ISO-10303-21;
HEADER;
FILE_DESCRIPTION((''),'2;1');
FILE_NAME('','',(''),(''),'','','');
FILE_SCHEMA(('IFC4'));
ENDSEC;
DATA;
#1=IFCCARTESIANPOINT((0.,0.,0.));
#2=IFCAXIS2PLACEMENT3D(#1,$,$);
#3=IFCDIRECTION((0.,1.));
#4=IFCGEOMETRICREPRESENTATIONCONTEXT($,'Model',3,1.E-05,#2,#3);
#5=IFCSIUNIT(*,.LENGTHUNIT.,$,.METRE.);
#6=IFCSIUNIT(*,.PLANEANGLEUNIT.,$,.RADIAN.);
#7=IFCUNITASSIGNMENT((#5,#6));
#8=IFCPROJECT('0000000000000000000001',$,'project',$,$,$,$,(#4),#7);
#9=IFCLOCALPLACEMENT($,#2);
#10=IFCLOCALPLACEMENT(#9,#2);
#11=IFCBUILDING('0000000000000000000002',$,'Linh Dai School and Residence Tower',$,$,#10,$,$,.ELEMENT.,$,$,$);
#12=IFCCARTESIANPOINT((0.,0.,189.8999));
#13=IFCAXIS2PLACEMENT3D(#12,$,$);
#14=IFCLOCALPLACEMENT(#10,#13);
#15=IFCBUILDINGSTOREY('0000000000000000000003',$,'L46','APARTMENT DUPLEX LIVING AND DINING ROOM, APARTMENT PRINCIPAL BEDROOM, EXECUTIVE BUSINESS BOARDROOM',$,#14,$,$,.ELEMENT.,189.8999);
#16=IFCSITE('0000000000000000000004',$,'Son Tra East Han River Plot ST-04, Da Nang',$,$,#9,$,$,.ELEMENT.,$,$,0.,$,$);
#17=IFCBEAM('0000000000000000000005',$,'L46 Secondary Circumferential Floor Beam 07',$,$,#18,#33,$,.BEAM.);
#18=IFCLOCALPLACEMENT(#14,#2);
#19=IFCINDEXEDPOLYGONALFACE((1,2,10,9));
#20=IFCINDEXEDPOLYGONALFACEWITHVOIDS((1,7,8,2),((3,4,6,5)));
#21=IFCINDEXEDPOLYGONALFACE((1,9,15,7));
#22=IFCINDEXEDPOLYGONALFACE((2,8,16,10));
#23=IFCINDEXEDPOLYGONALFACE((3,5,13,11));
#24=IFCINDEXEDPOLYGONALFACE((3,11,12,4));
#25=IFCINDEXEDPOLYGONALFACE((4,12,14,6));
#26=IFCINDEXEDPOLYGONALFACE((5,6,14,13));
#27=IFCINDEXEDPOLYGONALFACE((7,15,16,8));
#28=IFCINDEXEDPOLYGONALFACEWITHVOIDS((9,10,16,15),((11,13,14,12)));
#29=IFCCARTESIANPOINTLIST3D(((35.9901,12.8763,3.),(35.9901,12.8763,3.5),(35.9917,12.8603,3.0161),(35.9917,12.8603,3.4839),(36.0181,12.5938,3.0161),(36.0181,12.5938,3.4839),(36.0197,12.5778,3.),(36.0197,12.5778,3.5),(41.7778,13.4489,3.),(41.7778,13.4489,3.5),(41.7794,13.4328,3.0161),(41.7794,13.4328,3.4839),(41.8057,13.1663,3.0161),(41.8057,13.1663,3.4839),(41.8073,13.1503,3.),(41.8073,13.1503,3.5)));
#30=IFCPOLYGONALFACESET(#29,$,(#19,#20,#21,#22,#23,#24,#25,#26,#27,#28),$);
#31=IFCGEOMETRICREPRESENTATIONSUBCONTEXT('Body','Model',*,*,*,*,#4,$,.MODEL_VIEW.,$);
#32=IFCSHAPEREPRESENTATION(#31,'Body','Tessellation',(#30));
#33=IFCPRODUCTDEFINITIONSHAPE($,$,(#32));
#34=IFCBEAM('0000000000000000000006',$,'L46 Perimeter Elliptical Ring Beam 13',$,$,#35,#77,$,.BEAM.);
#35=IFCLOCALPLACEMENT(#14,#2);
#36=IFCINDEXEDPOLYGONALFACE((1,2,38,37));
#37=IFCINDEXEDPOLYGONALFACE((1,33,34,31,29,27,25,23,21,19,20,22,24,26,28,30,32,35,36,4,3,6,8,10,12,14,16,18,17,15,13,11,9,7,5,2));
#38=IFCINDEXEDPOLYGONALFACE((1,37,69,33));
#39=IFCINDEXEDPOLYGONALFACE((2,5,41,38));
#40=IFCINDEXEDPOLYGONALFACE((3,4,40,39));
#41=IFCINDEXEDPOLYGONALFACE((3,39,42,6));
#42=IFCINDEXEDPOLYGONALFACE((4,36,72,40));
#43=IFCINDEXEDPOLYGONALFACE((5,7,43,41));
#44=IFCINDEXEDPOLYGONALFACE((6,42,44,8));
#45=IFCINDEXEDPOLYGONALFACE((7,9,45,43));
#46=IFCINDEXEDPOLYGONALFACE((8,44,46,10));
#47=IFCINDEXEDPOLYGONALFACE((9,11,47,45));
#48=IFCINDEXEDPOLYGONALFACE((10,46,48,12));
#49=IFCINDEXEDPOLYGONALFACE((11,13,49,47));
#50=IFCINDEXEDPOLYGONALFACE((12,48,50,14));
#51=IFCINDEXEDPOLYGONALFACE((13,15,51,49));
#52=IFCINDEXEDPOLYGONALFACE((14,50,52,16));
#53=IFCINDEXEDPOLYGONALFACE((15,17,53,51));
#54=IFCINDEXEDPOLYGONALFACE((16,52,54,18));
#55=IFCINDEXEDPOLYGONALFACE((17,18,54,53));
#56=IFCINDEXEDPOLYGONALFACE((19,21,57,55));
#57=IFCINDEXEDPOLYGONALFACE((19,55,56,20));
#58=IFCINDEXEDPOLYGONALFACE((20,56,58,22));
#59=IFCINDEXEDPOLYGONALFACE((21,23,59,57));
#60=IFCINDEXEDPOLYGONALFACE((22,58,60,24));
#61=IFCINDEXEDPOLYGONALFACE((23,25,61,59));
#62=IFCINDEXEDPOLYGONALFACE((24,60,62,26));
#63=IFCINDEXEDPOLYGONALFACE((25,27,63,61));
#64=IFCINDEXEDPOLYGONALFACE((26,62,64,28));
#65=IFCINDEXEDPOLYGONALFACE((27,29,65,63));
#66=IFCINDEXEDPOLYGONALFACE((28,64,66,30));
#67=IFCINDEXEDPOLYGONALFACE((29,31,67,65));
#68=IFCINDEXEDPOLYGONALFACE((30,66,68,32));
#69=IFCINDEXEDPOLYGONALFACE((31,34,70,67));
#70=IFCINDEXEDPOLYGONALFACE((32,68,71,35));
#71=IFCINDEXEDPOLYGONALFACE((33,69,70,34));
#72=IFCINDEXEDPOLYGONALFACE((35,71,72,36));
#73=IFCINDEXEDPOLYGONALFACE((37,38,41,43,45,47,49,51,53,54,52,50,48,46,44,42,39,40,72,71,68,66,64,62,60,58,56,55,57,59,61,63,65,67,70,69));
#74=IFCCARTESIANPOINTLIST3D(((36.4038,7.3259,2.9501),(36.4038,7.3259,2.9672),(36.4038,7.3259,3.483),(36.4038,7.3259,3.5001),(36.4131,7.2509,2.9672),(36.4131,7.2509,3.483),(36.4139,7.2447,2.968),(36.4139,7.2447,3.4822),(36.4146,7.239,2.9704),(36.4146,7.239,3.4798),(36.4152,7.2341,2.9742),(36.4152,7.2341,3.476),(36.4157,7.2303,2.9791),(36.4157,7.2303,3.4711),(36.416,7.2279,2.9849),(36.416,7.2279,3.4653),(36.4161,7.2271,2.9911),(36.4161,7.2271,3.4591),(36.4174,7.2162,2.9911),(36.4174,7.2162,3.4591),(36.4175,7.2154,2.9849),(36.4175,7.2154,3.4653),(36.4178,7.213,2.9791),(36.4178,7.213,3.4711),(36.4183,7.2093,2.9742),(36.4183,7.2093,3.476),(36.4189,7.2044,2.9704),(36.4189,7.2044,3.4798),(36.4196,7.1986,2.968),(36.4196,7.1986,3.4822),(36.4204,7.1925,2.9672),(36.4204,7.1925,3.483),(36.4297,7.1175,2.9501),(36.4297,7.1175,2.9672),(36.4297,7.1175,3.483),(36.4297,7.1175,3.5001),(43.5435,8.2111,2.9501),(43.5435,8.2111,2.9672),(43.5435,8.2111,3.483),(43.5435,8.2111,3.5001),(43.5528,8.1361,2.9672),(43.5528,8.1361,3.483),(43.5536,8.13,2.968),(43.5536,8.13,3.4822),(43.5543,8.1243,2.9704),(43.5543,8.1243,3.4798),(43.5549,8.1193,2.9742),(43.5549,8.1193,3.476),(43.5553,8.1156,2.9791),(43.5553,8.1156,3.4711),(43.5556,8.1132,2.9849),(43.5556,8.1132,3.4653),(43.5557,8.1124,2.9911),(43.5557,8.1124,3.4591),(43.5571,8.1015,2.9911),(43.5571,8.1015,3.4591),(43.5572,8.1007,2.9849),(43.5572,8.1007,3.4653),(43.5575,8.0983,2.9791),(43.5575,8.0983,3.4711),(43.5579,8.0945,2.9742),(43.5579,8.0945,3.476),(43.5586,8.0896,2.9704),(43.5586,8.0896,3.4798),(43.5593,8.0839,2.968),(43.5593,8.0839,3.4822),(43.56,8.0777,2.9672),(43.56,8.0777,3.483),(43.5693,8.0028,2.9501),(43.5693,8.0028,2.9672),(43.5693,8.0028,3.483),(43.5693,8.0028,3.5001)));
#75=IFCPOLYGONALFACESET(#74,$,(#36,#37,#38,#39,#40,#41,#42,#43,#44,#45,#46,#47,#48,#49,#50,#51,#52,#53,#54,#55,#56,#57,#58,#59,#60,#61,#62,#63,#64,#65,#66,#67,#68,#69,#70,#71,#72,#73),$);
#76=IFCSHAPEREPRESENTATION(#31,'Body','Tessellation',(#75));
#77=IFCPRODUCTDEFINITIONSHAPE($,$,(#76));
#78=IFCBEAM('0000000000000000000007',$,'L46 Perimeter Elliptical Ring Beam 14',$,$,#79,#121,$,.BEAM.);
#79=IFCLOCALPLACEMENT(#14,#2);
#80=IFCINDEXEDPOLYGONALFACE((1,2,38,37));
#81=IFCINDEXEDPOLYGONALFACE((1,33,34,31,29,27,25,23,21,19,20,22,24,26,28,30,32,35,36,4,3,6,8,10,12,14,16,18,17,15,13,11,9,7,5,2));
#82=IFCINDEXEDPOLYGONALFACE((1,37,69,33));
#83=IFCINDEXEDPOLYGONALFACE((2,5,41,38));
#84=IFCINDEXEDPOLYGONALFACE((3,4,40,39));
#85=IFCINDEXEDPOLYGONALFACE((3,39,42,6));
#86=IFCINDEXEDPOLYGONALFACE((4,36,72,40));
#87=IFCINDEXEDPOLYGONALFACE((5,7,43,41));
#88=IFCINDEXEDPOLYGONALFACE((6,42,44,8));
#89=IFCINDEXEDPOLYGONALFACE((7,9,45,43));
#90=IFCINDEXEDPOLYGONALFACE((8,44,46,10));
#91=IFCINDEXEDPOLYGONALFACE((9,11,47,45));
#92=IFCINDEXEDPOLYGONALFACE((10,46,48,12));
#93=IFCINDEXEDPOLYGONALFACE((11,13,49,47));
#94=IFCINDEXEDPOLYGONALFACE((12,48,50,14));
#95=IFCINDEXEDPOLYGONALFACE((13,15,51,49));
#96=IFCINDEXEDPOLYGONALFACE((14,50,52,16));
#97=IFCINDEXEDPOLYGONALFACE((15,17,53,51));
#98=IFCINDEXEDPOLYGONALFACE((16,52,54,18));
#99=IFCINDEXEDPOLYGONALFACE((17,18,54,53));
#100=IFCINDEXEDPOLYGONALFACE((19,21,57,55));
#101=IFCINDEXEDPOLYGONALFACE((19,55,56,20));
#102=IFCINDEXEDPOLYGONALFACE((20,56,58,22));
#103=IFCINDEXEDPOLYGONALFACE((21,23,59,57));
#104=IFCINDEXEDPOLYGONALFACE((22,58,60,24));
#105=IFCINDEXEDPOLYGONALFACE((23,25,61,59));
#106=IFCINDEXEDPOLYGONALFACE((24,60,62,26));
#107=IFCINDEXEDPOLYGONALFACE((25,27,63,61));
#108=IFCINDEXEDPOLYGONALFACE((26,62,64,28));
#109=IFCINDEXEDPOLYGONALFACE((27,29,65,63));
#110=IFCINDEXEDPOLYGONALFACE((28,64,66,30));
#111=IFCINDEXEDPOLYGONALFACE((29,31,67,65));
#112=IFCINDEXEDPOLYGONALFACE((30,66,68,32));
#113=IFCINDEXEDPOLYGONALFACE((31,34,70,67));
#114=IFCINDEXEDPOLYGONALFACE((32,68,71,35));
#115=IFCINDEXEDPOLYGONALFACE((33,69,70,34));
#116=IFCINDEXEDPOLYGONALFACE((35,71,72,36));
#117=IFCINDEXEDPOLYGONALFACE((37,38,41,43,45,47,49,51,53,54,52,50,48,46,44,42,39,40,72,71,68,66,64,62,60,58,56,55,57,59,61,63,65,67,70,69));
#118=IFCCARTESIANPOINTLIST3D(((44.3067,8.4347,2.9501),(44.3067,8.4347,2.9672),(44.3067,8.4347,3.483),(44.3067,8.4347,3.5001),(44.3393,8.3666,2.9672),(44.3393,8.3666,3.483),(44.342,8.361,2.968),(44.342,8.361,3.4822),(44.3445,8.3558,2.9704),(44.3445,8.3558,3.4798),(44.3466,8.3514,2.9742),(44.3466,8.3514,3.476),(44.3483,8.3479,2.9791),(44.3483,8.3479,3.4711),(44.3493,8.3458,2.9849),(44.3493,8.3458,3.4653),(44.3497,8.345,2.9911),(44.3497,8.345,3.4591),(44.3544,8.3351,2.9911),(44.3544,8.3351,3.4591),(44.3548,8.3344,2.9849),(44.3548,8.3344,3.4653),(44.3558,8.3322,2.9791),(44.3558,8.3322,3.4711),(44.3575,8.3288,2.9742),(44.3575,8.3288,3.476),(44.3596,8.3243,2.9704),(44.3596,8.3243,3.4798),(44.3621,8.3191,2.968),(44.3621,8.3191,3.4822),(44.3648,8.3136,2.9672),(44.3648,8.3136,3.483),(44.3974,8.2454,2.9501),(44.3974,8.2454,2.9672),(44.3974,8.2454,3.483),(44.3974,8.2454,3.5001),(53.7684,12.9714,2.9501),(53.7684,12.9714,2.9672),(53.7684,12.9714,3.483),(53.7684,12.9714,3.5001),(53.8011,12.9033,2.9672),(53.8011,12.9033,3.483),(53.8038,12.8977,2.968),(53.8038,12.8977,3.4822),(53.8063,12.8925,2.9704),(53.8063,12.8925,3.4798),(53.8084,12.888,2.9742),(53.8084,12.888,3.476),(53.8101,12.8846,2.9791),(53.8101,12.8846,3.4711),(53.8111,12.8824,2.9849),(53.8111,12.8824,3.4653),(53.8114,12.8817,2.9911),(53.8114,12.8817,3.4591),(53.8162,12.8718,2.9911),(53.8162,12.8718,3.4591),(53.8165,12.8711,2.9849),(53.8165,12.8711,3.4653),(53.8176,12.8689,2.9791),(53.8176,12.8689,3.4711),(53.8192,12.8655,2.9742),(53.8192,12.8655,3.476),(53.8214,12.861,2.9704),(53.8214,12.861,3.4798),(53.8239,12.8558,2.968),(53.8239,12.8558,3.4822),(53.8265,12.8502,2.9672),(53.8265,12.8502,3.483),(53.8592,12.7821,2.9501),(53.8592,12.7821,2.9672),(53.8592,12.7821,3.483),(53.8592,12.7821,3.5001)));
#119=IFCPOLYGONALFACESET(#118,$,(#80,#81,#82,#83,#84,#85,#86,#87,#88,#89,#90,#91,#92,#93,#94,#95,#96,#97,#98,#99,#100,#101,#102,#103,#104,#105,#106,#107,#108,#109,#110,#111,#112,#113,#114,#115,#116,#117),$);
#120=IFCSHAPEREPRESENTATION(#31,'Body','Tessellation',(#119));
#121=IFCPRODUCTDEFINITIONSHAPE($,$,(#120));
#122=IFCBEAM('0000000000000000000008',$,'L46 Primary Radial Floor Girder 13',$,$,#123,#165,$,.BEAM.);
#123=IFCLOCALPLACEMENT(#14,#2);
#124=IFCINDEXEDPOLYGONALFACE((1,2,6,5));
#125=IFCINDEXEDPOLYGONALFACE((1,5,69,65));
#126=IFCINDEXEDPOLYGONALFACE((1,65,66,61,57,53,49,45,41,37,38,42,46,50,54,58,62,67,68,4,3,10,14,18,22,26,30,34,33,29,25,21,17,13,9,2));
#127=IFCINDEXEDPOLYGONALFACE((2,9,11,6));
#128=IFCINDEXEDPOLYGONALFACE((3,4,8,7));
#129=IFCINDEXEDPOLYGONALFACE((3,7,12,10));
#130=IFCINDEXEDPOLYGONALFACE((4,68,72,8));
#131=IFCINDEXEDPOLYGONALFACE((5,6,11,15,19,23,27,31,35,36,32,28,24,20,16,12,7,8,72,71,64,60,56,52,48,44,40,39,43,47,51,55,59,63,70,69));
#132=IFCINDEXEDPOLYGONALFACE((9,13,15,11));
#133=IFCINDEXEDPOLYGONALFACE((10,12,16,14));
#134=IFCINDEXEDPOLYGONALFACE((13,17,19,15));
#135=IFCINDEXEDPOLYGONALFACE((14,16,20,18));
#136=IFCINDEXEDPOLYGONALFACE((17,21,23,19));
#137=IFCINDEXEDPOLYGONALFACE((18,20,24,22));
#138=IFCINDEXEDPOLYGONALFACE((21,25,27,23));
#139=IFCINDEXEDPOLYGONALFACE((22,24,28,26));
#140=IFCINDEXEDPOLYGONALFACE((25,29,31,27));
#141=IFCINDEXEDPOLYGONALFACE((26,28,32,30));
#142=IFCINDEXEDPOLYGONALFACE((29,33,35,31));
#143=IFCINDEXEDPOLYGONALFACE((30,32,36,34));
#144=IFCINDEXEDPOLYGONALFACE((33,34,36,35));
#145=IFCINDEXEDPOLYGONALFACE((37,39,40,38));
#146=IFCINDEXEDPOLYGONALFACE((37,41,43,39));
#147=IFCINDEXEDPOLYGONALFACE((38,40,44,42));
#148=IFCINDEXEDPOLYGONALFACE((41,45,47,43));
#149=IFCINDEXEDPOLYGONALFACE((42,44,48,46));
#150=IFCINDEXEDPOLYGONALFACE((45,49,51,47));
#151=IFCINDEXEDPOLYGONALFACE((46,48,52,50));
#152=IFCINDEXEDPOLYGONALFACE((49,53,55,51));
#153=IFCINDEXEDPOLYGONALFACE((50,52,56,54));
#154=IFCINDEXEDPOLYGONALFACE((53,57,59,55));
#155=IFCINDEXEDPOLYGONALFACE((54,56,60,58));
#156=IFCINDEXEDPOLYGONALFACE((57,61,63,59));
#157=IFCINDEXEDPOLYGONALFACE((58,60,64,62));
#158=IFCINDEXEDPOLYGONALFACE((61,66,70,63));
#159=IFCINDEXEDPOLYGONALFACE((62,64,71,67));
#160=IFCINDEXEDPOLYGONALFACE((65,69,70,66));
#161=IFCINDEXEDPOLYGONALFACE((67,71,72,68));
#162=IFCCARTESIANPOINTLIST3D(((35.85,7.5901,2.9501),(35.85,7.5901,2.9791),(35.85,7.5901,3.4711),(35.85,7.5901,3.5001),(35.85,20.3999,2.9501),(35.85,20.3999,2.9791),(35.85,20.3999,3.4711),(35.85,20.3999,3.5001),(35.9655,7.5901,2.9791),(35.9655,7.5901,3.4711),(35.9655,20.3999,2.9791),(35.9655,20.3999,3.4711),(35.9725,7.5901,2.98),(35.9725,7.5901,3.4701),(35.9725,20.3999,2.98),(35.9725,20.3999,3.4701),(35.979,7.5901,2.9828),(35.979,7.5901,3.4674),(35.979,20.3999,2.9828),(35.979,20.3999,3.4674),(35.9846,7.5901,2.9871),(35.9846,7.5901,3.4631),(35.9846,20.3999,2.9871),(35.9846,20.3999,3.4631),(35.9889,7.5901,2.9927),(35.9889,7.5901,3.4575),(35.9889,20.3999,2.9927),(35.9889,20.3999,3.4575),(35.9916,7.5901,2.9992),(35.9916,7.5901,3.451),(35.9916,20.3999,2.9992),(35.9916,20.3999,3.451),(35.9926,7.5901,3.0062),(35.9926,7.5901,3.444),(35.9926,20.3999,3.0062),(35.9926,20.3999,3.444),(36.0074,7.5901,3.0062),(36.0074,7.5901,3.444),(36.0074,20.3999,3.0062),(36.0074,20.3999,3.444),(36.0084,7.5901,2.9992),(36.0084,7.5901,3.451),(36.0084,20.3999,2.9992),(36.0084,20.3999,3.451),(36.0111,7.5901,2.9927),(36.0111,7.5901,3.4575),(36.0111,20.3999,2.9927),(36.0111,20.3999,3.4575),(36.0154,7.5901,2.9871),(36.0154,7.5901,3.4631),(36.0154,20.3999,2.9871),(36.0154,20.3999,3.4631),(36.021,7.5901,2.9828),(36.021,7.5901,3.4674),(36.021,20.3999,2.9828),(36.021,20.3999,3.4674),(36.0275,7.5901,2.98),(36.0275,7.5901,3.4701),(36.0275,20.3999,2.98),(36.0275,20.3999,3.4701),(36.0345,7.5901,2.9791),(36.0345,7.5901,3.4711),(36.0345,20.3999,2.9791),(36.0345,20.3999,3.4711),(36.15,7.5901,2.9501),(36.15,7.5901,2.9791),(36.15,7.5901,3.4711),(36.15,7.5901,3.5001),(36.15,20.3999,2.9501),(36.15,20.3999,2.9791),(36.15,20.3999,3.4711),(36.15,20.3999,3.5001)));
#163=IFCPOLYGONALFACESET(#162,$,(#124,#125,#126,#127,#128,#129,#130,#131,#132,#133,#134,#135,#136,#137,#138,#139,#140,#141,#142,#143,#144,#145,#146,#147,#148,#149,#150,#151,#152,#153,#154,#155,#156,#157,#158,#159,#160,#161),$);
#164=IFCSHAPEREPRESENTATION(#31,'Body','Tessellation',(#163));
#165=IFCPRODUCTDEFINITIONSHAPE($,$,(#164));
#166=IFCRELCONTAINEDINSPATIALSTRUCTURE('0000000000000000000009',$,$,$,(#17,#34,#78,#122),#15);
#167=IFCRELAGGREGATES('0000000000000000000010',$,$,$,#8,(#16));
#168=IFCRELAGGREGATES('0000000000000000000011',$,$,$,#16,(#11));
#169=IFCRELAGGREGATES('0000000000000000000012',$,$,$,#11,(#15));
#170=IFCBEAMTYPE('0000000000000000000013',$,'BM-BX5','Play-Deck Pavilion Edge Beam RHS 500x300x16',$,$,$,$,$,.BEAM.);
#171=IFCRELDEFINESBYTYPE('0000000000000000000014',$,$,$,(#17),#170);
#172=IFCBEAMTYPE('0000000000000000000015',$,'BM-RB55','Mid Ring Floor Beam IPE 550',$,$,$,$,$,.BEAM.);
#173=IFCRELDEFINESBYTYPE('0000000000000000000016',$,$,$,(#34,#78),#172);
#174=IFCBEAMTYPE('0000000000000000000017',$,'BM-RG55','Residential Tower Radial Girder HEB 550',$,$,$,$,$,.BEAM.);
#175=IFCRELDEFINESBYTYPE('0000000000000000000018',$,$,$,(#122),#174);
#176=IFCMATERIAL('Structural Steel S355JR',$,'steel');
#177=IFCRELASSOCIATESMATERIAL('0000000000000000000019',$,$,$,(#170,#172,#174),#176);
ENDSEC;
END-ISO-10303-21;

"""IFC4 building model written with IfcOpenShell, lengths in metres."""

from ifc_helpers import new_model, si_unit, direction, frame, origin, origin_2d, place, context, subcontext, project, spatial, hollow_rectangle, i_section, extrude, material, material_profile, profile_set, type_object, element, save


model = new_model("IFC4")

# Units and contexts
model_context = context("Model", 3, precision=1e-05, world=origin(), true_north=direction((0.0, 1.0)))
body_context = subcontext(model_context, "Body", "Model", "MODEL_VIEW")
ifc_project = project(units=[si_unit("LENGTHUNIT", "METRE"), si_unit("PLANEANGLEUNIT", "RADIAN")], contexts=[model_context])

# Site, building, storey
site_placement = place(None, origin())
site = spatial("IfcSite", under=ifc_project, at=site_placement, Name="Son Tra East Han River Plot ST-04, Da Nang", CompositionType="ELEMENT", RefElevation=0.0)
building_placement = place(site_placement, origin())
building = spatial("IfcBuilding", under=site, at=building_placement, Name="Linh Dai School and Residence Tower", CompositionType="ELEMENT")
storey_placement = place(building_placement, frame((0.0, 0.0, 189.8999)))
storey = spatial("IfcBuildingStorey", under=building, at=storey_placement, Name="L46", Description="APARTMENT DUPLEX LIVING AND DINING ROOM, APARTMENT PRINCIPAL BEDROOM, EXECUTIVE BUSINESS BOARDROOM", CompositionType="ELEMENT", Elevation=189.8999)

# Shared definitions
ifc_material_1 = material(Name="Structural Steel S355JR", Category="steel")

# Beams
ifc_material_profile_1 = material_profile(ifc_material_1, hollow_rectangle(XDim=0.3, YDim=0.5, WallThickness=0.0161, at=origin_2d()), Name="RHS 500x300x16")
ifc_profile_set_1 = profile_set([ifc_material_profile_1], Name="Structural Steel S355JR")
beam_type_1 = type_object("IfcBeamType", Name="BM-BX5", Description="Play-Deck Pavilion Edge Beam RHS 500x300x16", PredefinedType="BEAM", material=ifc_profile_set_1)
beam_1_placement = place(storey_placement, frame((36.0049, 12.7271, 3.25), z_axis=(0.995143, 0.09844, 0.0), x_axis=(-0.09844, 0.995143, 0.0)))
element("IfcBeam", 1, at=beam_1_placement, inside=storey, type_object=beam_type_1, Name="L46 Secondary Circumferential Floor Beam 07", PredefinedType="BEAM", context=body_context, shape_type="SweptSolid", body=[
    extrude(hollow_rectangle(XDim=0.3, YDim=0.5, WallThickness=0.0161, at=origin_2d()), origin(), (0.0, 0.0, 1.0), 5.8159),
])
ifc_material_profile_2 = material_profile(ifc_material_1, i_section(OverallWidth=0.21, OverallDepth=0.55, WebThickness=0.011, FlangeThickness=0.0171, FilletRadius=0.0239, at=origin_2d()), Name="IPE 550")
ifc_profile_set_2 = profile_set([ifc_material_profile_2], Name="Structural Steel S355JR")
beam_type_2 = type_object("IfcBeamType", Name="BM-RB55", Description="Mid Ring Floor Beam IPE 550", PredefinedType="BEAM", material=ifc_profile_set_2)
beam_2_placement = place(storey_placement, frame((36.4167, 7.2217, 3.2251), z_axis=(0.992401, 0.123049, 0.0), x_axis=(-0.123049, 0.992401, 0.0)))
element("IfcBeam", 2, at=beam_2_placement, inside=storey, type_object=beam_type_2, Name="L46 Perimeter Elliptical Ring Beam 13", PredefinedType="BEAM", context=body_context, shape_type="SweptSolid", body=[
    extrude(i_section(OverallWidth=0.21, OverallDepth=0.55, WebThickness=0.011, FlangeThickness=0.0171, FilletRadius=0.0239, at=origin_2d()), origin(), (0.0, 0.0, 1.0), 7.1943),
])
beam_3_placement = place(storey_placement, frame((44.3521, 8.3401, 3.2251), z_axis=(0.901708, 0.432345, 0.0), x_axis=(-0.432345, 0.901708, 0.0)))
element("IfcBeam", 3, at=beam_3_placement, inside=storey, type_object=beam_type_2, Name="L46 Perimeter Elliptical Ring Beam 14", PredefinedType="BEAM", context=body_context, shape_type="SweptSolid", body=[
    extrude(i_section(OverallWidth=0.21, OverallDepth=0.55, WebThickness=0.011, FlangeThickness=0.0171, FilletRadius=0.0239, at=origin_2d()), origin(), (0.0, 0.0, 1.0), 10.4932),
])
ifc_material_profile_3 = material_profile(ifc_material_1, i_section(OverallWidth=0.3, OverallDepth=0.55, WebThickness=0.0149, FlangeThickness=0.0291, FilletRadius=0.0271, at=origin_2d()), Name="HEB 550")
ifc_profile_set_3 = profile_set([ifc_material_profile_3], Name="Structural Steel S355JR")
beam_type_3 = type_object("IfcBeamType", Name="BM-RG55", Description="Residential Tower Radial Girder HEB 550", PredefinedType="BEAM", material=ifc_profile_set_3)
beam_4_placement = place(storey_placement, frame((36.0, 20.3999, 3.2251), z_axis=(0.0, -1.0, 0.0), x_axis=(1.0, 0.0, 0.0)))
element("IfcBeam", 4, at=beam_4_placement, inside=storey, type_object=beam_type_3, Name="L46 Primary Radial Floor Girder 13", PredefinedType="BEAM", context=body_context, shape_type="SweptSolid", body=[
    extrude(i_section(OverallWidth=0.3, OverallDepth=0.55, WebThickness=0.0149, FlangeThickness=0.0291, FilletRadius=0.0271, at=origin_2d()), origin(), (0.0, 0.0, 1.0), 12.8098),
])

save(model, "model.ifc")
